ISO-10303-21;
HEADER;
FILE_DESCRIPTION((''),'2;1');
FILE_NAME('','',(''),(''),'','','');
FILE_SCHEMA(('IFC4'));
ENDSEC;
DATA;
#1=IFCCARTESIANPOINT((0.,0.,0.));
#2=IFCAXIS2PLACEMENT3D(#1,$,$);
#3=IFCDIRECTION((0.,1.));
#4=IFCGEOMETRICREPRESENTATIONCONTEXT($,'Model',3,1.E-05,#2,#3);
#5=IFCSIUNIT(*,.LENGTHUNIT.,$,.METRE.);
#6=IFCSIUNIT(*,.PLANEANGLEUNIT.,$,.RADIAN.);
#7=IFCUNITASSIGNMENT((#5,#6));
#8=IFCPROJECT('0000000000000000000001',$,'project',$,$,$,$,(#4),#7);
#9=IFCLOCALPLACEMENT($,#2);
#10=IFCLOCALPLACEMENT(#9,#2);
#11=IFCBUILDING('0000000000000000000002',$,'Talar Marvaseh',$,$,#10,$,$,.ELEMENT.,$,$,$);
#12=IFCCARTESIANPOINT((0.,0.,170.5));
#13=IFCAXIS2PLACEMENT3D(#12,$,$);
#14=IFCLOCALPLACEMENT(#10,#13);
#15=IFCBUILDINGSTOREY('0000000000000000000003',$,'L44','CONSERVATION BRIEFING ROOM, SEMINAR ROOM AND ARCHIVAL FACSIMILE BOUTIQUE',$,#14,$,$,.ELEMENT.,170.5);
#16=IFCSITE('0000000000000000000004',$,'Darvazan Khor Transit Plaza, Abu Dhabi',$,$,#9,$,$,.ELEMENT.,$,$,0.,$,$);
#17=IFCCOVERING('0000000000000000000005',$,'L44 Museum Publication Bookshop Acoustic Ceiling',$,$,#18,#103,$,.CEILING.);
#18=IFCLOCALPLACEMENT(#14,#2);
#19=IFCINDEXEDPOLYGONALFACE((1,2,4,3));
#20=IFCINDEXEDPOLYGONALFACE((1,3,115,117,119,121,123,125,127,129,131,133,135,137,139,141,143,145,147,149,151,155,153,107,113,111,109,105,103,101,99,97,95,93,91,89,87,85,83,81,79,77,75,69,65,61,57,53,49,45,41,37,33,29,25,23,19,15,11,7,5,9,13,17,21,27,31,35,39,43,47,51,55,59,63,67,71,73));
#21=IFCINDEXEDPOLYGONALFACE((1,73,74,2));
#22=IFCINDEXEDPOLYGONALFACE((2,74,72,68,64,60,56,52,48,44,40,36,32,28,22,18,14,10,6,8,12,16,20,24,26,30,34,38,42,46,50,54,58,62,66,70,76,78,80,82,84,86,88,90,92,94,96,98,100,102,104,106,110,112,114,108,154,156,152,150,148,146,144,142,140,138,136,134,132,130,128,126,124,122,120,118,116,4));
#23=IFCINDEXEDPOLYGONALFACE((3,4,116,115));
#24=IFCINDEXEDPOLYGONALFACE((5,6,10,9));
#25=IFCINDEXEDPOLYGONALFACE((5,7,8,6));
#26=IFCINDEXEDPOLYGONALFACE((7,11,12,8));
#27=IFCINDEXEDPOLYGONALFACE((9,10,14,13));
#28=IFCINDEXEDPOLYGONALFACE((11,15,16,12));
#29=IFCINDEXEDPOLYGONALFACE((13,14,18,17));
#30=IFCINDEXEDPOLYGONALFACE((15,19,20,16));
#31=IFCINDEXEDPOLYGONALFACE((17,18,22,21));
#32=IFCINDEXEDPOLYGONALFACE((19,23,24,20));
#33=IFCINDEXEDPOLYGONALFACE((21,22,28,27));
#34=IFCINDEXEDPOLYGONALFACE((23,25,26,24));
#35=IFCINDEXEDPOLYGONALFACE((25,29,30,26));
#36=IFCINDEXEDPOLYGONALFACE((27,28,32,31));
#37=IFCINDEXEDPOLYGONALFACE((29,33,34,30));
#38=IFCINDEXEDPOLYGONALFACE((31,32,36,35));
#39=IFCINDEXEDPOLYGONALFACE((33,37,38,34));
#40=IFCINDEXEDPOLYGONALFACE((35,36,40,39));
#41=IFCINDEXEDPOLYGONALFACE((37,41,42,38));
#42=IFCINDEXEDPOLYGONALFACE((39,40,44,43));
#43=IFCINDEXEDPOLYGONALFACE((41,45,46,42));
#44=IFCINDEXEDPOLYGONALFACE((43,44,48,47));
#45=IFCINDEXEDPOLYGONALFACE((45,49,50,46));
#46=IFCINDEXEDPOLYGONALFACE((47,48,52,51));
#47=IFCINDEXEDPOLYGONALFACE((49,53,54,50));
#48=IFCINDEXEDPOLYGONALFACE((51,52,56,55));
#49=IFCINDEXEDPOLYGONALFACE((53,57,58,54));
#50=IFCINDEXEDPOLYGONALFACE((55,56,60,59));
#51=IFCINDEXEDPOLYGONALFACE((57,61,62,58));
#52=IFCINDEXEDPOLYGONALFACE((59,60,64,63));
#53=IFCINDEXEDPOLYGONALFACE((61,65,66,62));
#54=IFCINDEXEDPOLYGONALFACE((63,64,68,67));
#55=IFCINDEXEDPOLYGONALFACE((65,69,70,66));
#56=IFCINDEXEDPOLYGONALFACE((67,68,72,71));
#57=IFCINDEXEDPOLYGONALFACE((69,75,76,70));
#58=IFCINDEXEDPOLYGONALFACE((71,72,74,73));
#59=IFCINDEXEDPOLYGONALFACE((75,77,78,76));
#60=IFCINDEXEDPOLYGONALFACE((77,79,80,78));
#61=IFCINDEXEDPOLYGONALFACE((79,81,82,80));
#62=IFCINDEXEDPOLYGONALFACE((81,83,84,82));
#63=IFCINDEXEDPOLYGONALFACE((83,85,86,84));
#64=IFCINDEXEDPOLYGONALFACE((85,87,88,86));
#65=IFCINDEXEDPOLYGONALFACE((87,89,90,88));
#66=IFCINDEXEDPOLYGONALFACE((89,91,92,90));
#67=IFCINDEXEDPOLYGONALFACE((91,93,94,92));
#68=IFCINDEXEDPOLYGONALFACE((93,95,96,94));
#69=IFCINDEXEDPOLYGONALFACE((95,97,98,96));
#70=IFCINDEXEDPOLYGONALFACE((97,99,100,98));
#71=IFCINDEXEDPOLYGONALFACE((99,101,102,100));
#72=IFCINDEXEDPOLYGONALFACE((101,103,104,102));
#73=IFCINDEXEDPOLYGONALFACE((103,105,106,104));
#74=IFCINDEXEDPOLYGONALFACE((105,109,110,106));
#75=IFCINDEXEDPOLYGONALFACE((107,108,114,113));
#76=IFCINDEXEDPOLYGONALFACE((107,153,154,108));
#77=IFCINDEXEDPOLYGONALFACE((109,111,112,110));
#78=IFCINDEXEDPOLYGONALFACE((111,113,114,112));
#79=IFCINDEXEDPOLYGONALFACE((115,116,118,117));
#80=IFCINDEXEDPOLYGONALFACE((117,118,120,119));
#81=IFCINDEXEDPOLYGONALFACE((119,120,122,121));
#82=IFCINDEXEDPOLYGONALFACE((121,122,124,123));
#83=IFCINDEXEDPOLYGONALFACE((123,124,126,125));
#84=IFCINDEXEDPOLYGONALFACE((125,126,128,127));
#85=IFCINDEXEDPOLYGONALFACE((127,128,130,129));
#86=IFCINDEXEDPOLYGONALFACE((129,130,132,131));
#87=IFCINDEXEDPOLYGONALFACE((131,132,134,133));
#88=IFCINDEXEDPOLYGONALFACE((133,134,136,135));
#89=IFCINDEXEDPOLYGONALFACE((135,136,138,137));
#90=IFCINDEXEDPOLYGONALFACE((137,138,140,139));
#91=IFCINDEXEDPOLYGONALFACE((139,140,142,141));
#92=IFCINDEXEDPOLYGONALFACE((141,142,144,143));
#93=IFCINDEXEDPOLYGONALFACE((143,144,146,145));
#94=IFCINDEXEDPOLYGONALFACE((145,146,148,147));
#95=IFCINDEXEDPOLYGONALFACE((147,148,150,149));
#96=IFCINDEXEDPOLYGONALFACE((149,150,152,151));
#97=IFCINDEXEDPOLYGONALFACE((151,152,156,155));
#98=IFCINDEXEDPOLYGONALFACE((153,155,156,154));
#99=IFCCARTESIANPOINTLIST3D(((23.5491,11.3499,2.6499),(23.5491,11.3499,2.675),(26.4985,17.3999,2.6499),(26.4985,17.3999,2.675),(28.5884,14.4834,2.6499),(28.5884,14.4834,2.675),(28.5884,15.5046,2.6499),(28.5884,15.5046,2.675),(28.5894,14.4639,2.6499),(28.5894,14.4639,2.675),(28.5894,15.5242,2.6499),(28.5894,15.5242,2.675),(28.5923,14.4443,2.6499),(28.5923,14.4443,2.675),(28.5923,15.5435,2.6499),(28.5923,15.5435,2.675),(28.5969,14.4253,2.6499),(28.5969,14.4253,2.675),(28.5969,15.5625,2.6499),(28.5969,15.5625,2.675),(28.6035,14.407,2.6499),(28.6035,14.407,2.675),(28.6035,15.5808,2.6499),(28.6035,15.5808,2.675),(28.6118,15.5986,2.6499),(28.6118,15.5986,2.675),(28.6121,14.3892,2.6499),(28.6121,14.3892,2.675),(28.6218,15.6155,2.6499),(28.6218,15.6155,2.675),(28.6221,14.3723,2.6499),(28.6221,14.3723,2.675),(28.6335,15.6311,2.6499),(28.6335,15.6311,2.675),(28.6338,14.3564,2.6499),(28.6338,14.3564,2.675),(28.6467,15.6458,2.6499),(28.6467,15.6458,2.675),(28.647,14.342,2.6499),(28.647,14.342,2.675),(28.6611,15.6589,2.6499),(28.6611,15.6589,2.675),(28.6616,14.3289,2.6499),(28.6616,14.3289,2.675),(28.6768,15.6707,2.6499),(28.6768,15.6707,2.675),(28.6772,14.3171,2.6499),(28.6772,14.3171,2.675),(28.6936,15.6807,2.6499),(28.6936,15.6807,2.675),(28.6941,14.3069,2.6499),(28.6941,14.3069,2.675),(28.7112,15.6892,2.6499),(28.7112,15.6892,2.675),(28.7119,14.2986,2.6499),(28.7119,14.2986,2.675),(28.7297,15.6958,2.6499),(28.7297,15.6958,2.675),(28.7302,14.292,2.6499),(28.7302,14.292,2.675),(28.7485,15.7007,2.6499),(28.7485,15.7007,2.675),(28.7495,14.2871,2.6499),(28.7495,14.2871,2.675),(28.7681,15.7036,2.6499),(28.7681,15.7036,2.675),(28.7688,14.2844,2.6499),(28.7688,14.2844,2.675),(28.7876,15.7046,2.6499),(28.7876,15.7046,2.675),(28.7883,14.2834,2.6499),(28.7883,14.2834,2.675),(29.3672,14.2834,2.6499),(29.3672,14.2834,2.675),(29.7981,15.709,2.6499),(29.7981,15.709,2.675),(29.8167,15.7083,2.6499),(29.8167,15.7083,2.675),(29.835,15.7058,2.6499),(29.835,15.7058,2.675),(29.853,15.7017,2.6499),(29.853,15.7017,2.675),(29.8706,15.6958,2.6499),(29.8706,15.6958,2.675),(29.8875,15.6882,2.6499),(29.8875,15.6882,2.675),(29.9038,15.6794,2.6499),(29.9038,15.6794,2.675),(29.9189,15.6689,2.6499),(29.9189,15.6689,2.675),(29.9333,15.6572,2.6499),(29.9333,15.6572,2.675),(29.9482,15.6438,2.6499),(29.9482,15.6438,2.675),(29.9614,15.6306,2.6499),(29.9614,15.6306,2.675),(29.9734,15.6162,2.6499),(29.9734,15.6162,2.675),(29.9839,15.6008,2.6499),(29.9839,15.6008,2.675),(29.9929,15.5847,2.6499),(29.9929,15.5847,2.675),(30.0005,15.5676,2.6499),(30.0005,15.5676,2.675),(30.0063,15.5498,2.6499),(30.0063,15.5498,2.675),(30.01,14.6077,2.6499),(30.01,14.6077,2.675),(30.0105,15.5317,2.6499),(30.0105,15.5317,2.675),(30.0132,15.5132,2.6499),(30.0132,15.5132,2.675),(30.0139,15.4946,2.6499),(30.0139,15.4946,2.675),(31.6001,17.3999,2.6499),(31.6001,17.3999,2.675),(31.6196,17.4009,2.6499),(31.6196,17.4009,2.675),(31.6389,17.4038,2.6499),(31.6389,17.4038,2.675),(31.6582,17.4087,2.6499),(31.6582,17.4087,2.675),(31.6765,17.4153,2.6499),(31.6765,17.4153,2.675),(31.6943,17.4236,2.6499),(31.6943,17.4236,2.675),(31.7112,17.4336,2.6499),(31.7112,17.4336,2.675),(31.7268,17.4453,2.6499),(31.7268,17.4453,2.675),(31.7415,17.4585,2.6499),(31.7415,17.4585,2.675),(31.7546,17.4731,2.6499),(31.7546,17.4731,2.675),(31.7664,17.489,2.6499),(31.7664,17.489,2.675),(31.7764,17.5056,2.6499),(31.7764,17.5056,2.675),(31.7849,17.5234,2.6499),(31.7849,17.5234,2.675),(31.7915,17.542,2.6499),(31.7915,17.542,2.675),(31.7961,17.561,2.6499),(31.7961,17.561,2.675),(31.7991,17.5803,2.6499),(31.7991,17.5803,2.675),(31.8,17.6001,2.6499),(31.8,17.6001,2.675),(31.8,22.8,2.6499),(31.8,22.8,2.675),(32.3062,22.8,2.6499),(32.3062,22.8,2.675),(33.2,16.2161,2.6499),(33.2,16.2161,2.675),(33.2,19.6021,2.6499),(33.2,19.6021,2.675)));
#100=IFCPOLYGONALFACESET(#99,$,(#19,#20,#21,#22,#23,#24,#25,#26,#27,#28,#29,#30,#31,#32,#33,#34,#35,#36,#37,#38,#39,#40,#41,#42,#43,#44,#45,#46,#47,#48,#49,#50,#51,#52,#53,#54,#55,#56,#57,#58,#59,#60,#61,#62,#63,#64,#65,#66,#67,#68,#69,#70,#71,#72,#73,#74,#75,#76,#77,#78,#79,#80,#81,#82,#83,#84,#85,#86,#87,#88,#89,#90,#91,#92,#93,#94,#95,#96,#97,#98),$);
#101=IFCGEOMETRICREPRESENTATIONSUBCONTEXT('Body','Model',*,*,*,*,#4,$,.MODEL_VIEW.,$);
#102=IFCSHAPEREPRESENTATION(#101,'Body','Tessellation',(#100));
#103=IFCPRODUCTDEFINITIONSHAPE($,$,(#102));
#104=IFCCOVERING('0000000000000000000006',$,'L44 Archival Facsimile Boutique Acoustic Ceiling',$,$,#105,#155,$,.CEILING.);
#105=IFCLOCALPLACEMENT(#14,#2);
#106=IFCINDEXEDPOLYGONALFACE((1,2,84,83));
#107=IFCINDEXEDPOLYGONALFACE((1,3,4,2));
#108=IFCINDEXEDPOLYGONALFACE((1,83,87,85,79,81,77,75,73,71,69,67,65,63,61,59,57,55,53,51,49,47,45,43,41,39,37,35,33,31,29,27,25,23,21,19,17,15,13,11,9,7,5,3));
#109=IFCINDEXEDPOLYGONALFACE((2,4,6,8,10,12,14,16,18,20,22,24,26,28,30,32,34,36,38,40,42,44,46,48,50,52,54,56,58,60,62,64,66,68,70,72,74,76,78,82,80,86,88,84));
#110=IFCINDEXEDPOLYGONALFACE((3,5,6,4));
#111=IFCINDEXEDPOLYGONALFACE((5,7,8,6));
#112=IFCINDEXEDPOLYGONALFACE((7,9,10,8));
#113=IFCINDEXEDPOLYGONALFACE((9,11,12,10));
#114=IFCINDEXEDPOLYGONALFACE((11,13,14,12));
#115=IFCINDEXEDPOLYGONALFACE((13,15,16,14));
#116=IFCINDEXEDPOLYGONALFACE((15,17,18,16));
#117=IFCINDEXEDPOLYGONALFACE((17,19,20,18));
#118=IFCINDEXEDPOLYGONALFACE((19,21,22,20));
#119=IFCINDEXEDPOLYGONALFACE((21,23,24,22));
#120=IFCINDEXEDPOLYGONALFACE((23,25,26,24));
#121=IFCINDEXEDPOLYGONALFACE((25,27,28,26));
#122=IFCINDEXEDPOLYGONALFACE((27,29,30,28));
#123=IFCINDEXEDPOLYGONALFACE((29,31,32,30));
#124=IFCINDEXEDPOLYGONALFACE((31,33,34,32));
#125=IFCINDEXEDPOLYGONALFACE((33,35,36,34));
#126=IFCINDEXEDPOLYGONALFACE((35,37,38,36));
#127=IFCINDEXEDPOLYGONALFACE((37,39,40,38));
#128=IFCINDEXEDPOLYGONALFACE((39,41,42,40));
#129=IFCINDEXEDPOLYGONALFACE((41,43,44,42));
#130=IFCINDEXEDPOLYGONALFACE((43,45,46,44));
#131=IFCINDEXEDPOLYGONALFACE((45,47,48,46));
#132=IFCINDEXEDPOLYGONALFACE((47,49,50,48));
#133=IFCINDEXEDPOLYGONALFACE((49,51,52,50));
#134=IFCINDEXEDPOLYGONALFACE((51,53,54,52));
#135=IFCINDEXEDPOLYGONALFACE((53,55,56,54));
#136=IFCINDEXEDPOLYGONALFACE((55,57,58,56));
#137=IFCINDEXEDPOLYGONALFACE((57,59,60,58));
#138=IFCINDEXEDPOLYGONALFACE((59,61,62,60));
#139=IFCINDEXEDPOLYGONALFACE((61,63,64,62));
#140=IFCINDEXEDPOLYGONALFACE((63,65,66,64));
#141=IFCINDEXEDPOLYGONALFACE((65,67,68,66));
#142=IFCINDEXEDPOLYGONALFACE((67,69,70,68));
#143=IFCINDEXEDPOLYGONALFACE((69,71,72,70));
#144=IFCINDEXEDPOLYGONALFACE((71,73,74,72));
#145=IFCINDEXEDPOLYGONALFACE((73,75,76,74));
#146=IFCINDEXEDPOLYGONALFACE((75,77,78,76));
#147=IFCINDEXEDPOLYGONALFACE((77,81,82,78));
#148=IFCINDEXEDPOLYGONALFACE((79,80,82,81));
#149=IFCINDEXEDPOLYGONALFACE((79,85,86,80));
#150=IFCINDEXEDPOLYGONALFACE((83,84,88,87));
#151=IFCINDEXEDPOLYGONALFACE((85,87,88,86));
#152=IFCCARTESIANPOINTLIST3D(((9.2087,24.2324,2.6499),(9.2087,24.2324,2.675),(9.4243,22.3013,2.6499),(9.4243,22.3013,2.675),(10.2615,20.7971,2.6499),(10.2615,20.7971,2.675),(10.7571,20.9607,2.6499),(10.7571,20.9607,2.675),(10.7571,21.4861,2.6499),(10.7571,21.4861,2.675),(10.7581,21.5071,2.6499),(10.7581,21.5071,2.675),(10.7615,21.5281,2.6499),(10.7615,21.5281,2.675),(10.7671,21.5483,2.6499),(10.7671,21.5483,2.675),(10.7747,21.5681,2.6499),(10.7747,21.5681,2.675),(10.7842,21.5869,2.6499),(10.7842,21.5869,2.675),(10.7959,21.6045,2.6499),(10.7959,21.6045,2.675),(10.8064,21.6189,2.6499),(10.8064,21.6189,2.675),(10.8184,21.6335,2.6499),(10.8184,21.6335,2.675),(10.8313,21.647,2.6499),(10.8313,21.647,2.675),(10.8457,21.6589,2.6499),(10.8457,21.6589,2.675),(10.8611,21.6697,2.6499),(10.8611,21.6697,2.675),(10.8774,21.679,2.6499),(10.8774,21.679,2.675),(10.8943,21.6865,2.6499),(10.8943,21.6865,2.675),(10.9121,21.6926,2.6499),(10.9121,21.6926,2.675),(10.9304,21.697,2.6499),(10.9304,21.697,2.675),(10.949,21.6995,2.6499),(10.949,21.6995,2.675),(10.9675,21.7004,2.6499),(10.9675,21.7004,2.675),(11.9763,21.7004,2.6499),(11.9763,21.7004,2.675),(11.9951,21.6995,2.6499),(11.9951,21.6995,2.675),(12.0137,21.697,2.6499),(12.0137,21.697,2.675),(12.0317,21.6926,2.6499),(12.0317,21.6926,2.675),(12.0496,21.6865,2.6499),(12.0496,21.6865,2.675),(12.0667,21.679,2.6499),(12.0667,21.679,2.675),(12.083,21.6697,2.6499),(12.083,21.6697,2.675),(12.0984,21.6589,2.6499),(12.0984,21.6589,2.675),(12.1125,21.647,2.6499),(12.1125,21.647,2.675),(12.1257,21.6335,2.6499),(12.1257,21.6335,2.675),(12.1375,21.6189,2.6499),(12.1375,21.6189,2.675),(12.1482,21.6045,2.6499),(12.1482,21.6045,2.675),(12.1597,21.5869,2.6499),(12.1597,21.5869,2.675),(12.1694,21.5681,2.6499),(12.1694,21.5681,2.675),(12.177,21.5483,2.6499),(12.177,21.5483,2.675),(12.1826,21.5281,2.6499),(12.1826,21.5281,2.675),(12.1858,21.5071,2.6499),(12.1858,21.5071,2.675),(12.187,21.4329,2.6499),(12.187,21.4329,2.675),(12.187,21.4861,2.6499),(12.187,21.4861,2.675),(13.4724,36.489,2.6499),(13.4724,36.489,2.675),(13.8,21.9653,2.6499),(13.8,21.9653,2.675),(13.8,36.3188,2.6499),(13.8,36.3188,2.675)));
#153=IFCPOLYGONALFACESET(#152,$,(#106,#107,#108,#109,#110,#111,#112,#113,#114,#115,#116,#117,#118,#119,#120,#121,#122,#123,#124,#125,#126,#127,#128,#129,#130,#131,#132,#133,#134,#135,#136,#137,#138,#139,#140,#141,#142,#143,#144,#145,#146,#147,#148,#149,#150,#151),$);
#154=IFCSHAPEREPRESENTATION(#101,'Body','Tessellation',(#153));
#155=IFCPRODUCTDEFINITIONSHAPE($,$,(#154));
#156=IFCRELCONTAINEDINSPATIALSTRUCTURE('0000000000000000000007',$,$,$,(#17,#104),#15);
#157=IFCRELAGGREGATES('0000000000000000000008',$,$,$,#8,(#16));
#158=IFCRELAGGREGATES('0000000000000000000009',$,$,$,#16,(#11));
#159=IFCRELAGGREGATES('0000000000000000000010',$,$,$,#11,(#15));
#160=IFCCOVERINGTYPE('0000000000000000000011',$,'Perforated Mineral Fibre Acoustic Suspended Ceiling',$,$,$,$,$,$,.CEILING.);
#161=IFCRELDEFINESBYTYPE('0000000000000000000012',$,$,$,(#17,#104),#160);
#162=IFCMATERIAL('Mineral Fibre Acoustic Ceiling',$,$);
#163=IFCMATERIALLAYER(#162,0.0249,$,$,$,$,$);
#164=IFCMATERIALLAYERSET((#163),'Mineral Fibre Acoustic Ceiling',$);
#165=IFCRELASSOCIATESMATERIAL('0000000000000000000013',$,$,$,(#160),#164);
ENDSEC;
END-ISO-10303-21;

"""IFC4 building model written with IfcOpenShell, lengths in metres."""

from ifc_helpers import new_model, si_unit, direction, frame, origin, place, context, subcontext, project, spatial, polyline, outline, extrude, material, layer, layer_set, type_object, element, save


model = new_model("IFC4")

# Units and contexts
model_context = context("Model", 3, precision=1e-05, world=origin(), true_north=direction((0.0, 1.0)))
body_context = subcontext(model_context, "Body", "Model", "MODEL_VIEW")
ifc_project = project(units=[si_unit("LENGTHUNIT", "METRE"), si_unit("PLANEANGLEUNIT", "RADIAN")], contexts=[model_context])

# Site, building, storey
site_placement = place(None, origin())
site = spatial("IfcSite", under=ifc_project, at=site_placement, Name="Darvazan Khor Transit Plaza, Abu Dhabi", CompositionType="ELEMENT", RefElevation=0.0)
building_placement = place(site_placement, origin())
building = spatial("IfcBuilding", under=site, at=building_placement, Name="Talar Marvaseh", CompositionType="ELEMENT")
storey_placement = place(building_placement, frame((0.0, 0.0, 170.5)))
storey = spatial("IfcBuildingStorey", under=building, at=storey_placement, Name="L44", Description="CONSERVATION BRIEFING ROOM, SEMINAR ROOM AND ARCHIVAL FACSIMILE BOUTIQUE", CompositionType="ELEMENT", Elevation=170.5)

# Coverings
ifc_material_1 = material(Name="Mineral Fibre Acoustic Ceiling")
ifc_layer_1 = layer(ifc_material_1, 0.0249)
ifc_layer_set_1 = layer_set([ifc_layer_1], Name="Mineral Fibre Acoustic Ceiling")
covering_type_1 = type_object("IfcCoveringType", Name="Perforated Mineral Fibre Acoustic Suspended Ceiling", PredefinedType="CEILING", material=ifc_layer_set_1)
covering_1_placement = place(storey_placement, frame((0.0, 0.0, 2.6499)))
element("IfcCovering", 1, at=covering_1_placement, inside=storey, type_object=covering_type_1, Name="L44 Museum Publication Bookshop Acoustic Ceiling", PredefinedType="CEILING", context=body_context, shape_type="SweptSolid", body=[
    extrude(outline(polyline([(31.6196, 17.4009), (31.6389, 17.4038), (31.6582, 17.4087), (31.6765, 17.4153), (31.6943, 17.4236), (31.7112, 17.4336), (31.7268, 17.4453), (31.7415, 17.4585), (31.7546, 17.4731), (31.7664, 17.489), (31.7764, 17.5056), (31.7849, 17.5234), (31.7915, 17.542), (31.7961, 17.561), (31.7991, 17.5803), (31.8, 17.6001), (31.8, 22.8), (32.3062, 22.8), (33.2, 19.6021), (33.2, 16.2161), (30.01, 14.6077), (30.0139, 15.4946), (30.0132, 15.5132), (30.0105, 15.5317), (30.0063, 15.5498), (30.0005, 15.5676), (29.9929, 15.5847), (29.9839, 15.6008), (29.9734, 15.6162), (29.9614, 15.6306), (29.9482, 15.6438), (29.9333, 15.6572), (29.9189, 15.6689), (29.9038, 15.6794), (29.8875, 15.6882), (29.8706, 15.6958), (29.853, 15.7017), (29.835, 15.7058), (29.8167, 15.7083), (29.7981, 15.709), (28.7876, 15.7046), (28.7681, 15.7036), (28.7485, 15.7007), (28.7297, 15.6958), (28.7112, 15.6892), (28.6936, 15.6807), (28.6768, 15.6707), (28.6611, 15.6589), (28.6467, 15.6458), (28.6335, 15.6311), (28.6218, 15.6155), (28.6118, 15.5986), (28.6035, 15.5808), (28.5969, 15.5625), (28.5923, 15.5435), (28.5894, 15.5242), (28.5884, 15.5046), (28.5884, 14.4834), (28.5894, 14.4639), (28.5923, 14.4443), (28.5969, 14.4253), (28.6035, 14.407), (28.6121, 14.3892), (28.6221, 14.3723), (28.6338, 14.3564), (28.647, 14.342), (28.6616, 14.3289), (28.6772, 14.3171), (28.6941, 14.3069), (28.7119, 14.2986), (28.7302, 14.292), (28.7495, 14.2871), (28.7688, 14.2844), (28.7883, 14.2834), (29.3672, 14.2834), (23.5491, 11.3499), (26.4985, 17.3999), (31.6001, 17.3999), (31.6196, 17.4009)])), origin(), (0.0, 0.0, 1.0), 0.0251),
])
covering_2_placement = place(storey_placement, frame((0.0, 0.0, 2.6499)))
element("IfcCovering", 2, at=covering_2_placement, inside=storey, type_object=covering_type_1, Name="L44 Archival Facsimile Boutique Acoustic Ceiling", PredefinedType="CEILING", context=body_context, shape_type="SweptSolid", body=[
    extrude(outline(polyline([(13.8, 36.3188), (13.8, 21.9653), (12.187, 21.4329), (12.187, 21.4861), (12.1858, 21.5071), (12.1826, 21.5281), (12.177, 21.5483), (12.1694, 21.5681), (12.1597, 21.5869), (12.1482, 21.6045), (12.1375, 21.6189), (12.1257, 21.6335), (12.1125, 21.647), (12.0984, 21.6589), (12.083, 21.6697), (12.0667, 21.679), (12.0496, 21.6865), (12.0317, 21.6926), (12.0137, 21.697), (11.9951, 21.6995), (11.9763, 21.7004), (10.9675, 21.7004), (10.949, 21.6995), (10.9304, 21.697), (10.9121, 21.6926), (10.8943, 21.6865), (10.8774, 21.679), (10.8611, 21.6697), (10.8457, 21.6589), (10.8313, 21.647), (10.8184, 21.6335), (10.8064, 21.6189), (10.7959, 21.6045), (10.7842, 21.5869), (10.7747, 21.5681), (10.7671, 21.5483), (10.7615, 21.5281), (10.7581, 21.5071), (10.7571, 21.4861), (10.7571, 20.9607), (10.2615, 20.7971), (9.4243, 22.3013), (9.2087, 24.2324), (13.4724, 36.489), (13.8, 36.3188)])), origin(), (0.0, 0.0, 1.0), 0.0251),
])

save(model, "model.ifc")
